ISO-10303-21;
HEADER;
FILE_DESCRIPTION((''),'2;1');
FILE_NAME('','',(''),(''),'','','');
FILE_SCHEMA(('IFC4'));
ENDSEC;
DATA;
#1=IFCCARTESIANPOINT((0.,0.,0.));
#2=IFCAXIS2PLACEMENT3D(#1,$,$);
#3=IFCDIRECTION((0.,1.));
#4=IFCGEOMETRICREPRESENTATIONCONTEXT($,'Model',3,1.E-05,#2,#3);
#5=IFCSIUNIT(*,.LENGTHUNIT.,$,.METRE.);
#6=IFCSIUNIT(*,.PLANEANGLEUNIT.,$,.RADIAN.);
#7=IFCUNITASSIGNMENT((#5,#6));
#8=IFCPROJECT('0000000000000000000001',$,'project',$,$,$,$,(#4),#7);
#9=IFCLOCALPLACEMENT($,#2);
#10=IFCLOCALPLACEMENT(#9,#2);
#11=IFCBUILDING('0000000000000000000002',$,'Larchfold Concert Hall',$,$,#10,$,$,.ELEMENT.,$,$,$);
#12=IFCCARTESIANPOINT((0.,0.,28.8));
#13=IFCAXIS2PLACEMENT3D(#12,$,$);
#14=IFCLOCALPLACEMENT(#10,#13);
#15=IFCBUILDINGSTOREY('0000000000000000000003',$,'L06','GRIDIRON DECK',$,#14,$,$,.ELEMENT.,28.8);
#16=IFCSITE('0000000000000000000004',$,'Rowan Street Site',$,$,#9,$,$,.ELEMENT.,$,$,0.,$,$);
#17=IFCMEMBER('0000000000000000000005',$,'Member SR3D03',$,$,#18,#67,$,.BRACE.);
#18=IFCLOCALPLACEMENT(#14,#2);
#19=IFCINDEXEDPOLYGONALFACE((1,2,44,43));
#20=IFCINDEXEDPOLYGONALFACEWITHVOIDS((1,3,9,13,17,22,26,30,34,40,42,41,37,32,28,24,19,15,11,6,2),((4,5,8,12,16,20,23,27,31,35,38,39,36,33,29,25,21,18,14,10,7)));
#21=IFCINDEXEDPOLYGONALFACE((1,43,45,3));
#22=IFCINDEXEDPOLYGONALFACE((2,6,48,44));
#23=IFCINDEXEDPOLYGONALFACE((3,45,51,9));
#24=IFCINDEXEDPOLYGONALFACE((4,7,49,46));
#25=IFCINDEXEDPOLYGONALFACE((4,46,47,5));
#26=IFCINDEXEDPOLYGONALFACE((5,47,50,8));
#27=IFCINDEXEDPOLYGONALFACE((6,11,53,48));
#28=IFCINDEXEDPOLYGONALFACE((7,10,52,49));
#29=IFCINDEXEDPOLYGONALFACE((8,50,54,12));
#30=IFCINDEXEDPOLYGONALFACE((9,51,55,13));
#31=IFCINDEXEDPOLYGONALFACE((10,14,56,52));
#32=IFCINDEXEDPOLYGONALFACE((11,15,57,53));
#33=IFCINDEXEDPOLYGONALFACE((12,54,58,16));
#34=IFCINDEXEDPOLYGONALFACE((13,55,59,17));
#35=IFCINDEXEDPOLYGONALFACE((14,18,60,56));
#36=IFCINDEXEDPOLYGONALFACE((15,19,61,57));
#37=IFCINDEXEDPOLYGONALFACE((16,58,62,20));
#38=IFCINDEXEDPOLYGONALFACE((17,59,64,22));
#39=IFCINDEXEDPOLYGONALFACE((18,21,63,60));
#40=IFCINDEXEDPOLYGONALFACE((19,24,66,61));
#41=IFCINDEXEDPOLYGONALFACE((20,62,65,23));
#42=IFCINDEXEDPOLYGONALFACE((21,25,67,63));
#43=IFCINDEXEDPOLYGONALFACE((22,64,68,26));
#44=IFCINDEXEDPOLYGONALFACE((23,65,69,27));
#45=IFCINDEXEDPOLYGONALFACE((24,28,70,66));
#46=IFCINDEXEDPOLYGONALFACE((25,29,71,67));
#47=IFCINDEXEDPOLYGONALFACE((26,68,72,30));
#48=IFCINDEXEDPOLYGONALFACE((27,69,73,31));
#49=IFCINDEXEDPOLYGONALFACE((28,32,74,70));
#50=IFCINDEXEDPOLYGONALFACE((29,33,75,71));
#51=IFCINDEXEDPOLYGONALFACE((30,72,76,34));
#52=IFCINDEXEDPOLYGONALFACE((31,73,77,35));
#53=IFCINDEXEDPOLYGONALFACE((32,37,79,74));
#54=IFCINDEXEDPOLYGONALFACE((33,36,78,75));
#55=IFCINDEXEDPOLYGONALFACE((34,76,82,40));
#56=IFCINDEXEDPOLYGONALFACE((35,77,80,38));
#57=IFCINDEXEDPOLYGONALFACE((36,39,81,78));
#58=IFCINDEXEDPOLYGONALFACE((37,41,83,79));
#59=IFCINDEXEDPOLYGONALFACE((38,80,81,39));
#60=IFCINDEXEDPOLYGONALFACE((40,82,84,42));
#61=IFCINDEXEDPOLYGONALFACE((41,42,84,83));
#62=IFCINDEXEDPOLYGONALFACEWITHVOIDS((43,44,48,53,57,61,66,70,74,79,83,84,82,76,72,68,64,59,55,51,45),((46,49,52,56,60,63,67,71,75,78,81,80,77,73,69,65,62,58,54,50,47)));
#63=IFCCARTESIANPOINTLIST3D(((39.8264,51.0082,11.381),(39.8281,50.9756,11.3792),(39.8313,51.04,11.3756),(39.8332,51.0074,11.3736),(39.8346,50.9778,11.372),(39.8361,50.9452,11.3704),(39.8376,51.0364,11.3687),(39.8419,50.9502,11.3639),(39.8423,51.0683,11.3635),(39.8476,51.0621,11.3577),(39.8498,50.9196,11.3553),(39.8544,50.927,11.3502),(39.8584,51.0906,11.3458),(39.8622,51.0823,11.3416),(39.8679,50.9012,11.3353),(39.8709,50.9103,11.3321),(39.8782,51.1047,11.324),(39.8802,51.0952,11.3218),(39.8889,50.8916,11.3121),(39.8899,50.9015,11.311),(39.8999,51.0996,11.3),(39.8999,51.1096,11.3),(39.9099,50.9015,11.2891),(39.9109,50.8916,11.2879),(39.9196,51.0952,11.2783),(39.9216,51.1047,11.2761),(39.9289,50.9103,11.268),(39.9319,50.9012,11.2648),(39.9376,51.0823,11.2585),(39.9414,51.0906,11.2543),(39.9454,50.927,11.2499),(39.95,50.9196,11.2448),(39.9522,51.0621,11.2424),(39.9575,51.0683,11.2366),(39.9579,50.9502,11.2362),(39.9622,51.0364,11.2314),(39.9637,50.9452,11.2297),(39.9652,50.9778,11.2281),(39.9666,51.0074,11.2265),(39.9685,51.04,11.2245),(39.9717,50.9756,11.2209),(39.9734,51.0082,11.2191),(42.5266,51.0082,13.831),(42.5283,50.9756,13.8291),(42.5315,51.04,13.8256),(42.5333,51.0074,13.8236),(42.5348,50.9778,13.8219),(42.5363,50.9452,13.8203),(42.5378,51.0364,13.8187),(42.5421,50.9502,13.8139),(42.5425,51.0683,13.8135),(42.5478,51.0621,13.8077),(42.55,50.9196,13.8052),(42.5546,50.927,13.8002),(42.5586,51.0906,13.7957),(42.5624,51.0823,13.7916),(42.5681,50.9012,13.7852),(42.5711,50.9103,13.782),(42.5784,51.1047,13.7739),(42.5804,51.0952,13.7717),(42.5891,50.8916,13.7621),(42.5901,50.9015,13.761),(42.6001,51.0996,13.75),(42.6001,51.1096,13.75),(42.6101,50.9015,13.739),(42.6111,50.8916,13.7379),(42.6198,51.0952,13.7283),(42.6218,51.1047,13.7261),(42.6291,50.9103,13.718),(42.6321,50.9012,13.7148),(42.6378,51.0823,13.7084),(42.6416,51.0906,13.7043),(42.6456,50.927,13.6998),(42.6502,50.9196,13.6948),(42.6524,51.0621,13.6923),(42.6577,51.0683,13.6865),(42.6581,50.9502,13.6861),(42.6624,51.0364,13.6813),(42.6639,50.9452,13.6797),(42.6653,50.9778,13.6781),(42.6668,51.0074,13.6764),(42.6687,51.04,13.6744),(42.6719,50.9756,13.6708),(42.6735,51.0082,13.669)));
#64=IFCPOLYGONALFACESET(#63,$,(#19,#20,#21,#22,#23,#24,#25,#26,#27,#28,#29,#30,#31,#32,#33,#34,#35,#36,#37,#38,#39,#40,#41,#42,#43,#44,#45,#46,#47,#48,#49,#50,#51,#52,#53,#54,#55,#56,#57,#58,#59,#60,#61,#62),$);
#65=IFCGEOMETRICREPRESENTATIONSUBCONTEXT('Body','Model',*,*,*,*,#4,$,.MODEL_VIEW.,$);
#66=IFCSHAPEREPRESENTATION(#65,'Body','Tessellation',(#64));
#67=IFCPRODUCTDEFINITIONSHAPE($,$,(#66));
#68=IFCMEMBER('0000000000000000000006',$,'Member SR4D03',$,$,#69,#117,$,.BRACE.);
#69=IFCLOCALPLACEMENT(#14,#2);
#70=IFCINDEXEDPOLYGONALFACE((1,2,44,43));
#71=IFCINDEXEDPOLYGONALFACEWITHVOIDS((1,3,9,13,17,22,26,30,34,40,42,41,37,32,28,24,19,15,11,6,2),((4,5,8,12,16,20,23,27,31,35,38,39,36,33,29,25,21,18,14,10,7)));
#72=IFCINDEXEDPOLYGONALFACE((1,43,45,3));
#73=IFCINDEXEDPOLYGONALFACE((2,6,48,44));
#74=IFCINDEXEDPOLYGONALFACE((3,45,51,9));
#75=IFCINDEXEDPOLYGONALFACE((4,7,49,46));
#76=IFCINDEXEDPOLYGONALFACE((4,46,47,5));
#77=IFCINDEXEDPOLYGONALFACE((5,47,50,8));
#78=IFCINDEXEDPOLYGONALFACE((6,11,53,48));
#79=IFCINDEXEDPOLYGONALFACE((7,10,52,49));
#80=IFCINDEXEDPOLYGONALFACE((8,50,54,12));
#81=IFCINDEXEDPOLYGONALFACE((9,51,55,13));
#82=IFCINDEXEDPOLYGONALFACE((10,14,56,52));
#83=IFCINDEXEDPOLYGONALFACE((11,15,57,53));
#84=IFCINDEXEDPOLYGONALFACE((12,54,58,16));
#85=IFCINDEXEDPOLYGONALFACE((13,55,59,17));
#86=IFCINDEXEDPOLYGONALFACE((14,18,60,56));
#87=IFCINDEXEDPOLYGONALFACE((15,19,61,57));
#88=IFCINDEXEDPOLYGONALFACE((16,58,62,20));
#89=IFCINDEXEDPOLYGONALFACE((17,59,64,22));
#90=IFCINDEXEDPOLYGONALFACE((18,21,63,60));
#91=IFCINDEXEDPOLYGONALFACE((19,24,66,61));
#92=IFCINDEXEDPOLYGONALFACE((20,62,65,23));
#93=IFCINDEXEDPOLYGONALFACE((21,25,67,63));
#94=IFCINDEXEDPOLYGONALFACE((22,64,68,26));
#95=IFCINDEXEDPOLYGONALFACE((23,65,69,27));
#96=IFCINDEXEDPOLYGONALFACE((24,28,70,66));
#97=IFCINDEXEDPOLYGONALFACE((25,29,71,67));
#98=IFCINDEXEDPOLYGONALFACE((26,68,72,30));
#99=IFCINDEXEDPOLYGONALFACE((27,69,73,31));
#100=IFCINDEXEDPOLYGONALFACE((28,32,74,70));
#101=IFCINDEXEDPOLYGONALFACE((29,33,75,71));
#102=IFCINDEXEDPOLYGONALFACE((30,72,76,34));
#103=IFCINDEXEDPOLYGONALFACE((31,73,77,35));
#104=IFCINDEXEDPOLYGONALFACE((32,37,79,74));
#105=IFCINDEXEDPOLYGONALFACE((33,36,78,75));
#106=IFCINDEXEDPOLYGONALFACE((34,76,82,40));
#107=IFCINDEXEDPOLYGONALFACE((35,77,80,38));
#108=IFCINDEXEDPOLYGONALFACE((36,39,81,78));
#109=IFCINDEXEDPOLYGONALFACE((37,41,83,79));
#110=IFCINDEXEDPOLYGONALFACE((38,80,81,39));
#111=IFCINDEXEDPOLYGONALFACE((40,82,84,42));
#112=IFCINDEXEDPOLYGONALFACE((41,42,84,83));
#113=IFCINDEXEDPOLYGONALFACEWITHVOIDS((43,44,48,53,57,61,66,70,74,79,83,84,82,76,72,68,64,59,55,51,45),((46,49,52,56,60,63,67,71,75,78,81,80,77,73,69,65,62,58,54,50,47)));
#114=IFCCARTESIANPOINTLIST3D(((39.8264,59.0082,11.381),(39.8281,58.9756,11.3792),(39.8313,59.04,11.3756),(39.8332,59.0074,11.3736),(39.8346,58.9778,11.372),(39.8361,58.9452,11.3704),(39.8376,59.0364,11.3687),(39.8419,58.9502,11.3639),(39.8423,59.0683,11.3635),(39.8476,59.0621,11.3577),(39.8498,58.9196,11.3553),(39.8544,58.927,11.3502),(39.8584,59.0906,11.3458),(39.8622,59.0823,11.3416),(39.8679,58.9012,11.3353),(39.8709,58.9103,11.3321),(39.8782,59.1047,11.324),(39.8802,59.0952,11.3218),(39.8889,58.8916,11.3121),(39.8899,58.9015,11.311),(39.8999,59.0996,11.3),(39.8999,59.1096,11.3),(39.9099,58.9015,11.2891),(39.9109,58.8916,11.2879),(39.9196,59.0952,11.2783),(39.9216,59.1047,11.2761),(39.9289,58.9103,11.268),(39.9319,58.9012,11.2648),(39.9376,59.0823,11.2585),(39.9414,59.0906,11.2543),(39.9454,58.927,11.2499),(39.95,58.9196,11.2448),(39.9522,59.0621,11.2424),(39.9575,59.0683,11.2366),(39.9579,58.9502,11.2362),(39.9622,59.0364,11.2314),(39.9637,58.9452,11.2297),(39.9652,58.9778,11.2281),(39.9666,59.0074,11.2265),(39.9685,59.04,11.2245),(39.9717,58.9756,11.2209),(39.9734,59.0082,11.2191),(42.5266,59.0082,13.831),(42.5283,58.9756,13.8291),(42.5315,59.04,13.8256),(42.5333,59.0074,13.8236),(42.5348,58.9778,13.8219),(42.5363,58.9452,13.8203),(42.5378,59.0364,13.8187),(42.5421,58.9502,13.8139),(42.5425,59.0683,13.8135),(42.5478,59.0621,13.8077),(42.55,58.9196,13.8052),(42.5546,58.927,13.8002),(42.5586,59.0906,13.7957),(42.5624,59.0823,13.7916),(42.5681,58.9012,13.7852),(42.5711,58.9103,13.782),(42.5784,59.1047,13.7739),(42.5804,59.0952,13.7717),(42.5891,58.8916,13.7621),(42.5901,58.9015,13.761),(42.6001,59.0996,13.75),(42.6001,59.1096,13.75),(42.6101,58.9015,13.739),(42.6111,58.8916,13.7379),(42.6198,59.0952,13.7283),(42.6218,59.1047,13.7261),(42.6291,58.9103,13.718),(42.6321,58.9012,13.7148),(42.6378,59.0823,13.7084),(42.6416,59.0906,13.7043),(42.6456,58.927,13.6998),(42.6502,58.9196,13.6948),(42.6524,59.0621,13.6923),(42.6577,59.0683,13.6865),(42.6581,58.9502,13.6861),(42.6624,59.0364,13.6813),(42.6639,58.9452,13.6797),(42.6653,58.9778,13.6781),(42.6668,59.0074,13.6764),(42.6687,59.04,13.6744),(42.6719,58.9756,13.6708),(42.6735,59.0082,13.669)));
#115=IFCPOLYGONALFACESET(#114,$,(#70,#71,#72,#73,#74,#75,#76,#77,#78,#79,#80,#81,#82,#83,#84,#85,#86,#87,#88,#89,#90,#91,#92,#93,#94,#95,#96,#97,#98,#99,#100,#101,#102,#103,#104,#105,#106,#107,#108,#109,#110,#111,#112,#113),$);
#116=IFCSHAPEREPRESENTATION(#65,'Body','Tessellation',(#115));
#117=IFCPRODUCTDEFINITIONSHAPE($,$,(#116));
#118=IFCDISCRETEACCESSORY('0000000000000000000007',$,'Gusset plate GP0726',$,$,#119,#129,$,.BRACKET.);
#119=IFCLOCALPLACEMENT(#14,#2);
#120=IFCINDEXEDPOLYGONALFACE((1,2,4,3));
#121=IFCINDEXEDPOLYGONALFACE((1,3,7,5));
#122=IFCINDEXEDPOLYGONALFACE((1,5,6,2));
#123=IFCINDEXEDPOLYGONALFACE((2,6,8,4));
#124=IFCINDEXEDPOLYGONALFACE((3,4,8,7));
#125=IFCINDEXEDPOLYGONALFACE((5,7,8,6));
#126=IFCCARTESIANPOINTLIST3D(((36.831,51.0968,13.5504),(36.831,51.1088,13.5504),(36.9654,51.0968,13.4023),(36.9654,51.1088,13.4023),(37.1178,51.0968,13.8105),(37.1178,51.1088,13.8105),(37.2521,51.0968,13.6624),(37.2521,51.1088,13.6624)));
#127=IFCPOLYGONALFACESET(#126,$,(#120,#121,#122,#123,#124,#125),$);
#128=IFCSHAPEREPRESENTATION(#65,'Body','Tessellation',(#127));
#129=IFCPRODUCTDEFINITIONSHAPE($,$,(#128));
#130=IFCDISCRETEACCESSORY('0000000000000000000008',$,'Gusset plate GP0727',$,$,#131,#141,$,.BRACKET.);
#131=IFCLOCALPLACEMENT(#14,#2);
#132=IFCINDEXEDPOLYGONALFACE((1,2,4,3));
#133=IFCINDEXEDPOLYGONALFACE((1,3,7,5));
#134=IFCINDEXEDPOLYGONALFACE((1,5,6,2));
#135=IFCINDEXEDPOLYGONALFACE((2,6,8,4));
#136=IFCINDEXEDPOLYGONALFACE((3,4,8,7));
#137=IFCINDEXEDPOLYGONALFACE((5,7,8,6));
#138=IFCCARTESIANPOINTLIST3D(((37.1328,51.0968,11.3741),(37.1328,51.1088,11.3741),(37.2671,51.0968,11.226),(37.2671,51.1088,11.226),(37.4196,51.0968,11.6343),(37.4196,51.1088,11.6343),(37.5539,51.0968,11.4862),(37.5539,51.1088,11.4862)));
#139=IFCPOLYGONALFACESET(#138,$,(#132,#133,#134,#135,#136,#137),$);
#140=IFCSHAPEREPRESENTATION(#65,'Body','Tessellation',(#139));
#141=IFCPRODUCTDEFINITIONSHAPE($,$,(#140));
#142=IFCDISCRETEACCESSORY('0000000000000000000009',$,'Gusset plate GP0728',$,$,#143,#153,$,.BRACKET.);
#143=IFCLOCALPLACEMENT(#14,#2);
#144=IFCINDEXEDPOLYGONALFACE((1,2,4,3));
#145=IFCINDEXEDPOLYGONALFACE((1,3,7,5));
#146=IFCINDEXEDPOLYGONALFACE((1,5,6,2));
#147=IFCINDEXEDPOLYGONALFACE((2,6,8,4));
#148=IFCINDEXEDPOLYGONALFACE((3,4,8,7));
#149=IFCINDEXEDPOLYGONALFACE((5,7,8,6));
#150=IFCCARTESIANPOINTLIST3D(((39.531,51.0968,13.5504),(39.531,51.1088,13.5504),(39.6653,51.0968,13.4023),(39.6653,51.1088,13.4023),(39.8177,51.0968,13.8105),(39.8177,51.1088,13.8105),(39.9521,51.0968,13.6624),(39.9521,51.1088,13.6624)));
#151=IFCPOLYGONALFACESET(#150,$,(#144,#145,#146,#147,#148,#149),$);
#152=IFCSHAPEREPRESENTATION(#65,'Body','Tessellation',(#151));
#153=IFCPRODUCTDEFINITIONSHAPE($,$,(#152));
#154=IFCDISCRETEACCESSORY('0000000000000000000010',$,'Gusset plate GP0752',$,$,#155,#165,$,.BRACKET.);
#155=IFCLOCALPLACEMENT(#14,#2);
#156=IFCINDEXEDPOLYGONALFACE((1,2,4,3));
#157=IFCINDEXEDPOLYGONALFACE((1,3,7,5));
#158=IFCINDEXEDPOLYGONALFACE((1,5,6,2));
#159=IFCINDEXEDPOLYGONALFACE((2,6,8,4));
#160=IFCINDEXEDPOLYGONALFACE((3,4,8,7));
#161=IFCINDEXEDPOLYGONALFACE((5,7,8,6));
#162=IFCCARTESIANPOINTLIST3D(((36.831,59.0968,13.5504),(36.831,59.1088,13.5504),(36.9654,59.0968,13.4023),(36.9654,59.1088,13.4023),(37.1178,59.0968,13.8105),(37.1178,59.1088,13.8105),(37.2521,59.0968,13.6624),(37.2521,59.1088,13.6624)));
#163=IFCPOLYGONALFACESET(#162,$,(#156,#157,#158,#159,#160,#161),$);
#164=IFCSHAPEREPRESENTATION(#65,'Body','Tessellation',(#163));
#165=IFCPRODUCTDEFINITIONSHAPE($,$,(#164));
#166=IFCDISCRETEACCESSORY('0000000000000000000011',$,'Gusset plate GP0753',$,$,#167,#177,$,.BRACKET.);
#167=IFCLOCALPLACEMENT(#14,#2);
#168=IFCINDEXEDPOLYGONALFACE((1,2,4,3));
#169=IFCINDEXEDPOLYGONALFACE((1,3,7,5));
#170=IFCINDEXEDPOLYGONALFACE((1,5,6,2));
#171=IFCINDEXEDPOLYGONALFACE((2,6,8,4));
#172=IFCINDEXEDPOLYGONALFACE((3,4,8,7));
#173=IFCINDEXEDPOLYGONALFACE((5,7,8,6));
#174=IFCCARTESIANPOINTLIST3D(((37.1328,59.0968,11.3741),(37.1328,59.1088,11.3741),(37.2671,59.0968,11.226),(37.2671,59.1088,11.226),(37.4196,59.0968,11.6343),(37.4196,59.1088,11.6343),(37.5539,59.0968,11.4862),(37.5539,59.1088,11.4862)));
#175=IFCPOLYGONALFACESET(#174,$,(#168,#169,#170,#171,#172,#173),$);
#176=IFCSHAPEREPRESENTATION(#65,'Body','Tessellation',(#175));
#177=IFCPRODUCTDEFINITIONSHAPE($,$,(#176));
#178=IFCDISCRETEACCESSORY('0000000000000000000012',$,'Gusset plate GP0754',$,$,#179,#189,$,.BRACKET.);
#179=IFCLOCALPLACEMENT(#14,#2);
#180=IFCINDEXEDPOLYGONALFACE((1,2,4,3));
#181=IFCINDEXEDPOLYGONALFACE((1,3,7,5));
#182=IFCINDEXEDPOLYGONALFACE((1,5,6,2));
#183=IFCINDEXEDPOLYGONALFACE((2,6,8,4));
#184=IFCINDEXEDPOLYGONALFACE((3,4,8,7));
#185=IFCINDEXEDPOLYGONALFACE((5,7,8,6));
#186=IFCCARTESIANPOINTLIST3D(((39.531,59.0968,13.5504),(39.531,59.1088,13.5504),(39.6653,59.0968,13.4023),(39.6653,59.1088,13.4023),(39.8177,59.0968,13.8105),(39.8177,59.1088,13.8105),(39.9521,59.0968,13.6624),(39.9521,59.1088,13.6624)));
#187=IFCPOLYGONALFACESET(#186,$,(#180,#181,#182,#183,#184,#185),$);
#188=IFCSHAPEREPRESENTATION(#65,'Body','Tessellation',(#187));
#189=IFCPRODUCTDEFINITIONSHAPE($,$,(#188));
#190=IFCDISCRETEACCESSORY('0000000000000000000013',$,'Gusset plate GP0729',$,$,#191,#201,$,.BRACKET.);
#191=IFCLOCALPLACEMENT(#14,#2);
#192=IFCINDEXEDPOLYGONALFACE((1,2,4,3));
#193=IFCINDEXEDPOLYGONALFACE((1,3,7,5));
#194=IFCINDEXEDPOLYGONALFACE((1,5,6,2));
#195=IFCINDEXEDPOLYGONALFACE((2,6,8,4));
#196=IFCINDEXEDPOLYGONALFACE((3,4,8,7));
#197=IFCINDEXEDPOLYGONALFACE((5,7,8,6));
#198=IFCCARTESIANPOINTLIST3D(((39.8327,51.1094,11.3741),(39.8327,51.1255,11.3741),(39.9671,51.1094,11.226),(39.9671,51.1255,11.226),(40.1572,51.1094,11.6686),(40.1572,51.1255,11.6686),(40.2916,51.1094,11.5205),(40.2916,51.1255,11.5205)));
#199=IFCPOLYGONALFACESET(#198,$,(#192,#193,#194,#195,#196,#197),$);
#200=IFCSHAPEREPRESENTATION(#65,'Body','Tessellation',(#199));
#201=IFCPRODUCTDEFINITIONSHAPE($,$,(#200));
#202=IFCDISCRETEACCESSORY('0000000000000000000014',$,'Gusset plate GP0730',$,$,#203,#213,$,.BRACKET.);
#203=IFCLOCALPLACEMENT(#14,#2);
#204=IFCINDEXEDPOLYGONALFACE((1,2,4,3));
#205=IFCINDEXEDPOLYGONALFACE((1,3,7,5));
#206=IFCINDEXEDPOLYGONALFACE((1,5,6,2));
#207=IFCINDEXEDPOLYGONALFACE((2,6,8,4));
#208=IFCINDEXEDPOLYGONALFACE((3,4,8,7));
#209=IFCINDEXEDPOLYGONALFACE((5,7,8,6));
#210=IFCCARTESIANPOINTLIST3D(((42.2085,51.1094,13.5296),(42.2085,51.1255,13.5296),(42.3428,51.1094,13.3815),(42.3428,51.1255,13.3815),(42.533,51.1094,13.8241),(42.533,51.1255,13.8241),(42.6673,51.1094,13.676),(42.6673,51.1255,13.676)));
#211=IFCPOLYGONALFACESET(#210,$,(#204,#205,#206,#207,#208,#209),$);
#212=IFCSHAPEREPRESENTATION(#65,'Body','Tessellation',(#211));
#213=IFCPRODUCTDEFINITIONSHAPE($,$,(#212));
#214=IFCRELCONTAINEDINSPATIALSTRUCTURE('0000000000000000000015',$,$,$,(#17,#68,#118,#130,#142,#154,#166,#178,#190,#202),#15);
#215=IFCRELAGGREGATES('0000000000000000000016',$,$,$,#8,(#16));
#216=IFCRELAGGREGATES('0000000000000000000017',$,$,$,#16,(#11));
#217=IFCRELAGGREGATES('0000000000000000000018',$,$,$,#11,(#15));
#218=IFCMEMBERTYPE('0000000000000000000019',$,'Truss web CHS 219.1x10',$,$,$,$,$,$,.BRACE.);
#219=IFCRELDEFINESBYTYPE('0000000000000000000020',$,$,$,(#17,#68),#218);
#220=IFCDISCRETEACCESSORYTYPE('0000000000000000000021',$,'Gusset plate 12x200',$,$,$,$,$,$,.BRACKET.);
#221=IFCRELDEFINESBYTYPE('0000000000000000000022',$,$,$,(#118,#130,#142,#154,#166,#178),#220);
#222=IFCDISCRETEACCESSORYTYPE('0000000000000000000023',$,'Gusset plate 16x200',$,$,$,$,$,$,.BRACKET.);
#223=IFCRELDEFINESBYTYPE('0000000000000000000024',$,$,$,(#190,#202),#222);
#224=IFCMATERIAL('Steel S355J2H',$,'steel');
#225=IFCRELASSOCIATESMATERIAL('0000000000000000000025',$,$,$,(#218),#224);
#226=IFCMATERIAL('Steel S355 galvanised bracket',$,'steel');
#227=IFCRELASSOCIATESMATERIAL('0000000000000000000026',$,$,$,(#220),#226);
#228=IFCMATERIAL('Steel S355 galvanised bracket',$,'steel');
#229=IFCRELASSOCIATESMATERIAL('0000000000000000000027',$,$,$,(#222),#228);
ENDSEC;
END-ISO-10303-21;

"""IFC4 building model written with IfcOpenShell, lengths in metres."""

from ifc_helpers import new_model, si_unit, direction, frame, origin, origin_2d, place, context, subcontext, project, spatial, rectangle, hollow_circle, extrude, material, material_profile, profile_set, type_object, element, save


model = new_model("IFC4")

# Units and contexts
model_context = context("Model", 3, precision=1e-05, world=origin(), true_north=direction((0.0, 1.0)))
body_context = subcontext(model_context, "Body", "Model", "MODEL_VIEW")
ifc_project = project(units=[si_unit("LENGTHUNIT", "METRE"), si_unit("PLANEANGLEUNIT", "RADIAN")], contexts=[model_context])

# Site, building, storey
site_placement = place(None, origin())
site = spatial("IfcSite", under=ifc_project, at=site_placement, Name="Rowan Street Site", CompositionType="ELEMENT", RefElevation=0.0)
building_placement = place(site_placement, origin())
building = spatial("IfcBuilding", under=site, at=building_placement, Name="Larchfold Concert Hall", CompositionType="ELEMENT")
storey_placement = place(building_placement, frame((0.0, 0.0, 28.8)))
storey = spatial("IfcBuildingStorey", under=building, at=storey_placement, Name="L06", Description="GRIDIRON DECK", CompositionType="ELEMENT", Elevation=28.8)

# Members
ifc_material_1 = material(Name="Steel S355J2H", Category="steel")
ifc_material_profile_1 = material_profile(ifc_material_1, hollow_circle(Radius=0.1096, WallThickness=0.01, at=origin_2d()))
ifc_profile_set_1 = profile_set([ifc_material_profile_1], Name="Steel S355J2H")
member_type_1 = type_object("IfcMemberType", Name="Truss web CHS 219.1x10", PredefinedType="BRACE", material=ifc_profile_set_1)
for number, where, z_axis, x_axis, name in (
    (1, (39.8999, 51.0, 11.3), (0.740591, 0.0, 0.671956), (0.0, 1.0, 0.0), "Member SR3D03"),
    (2, (39.8999, 59.0, 11.3), (0.740591, 0.0, 0.671956), (0.0, 1.0, 0.0), "Member SR4D03"),
):
    element("IfcMember", number, at=place(storey_placement, frame(where, z_axis=z_axis, x_axis=x_axis)), inside=storey, type_object=member_type_1, Name=name, PredefinedType="BRACE", context=body_context, shape_type="SweptSolid", body=[
        extrude(hollow_circle(Radius=0.1096, WallThickness=0.01, at=origin_2d()), origin(), (0.0, 0.0, 1.0), 3.646),
    ])

# Discrete accessories
ifc_material_2 = material(Name="Steel S355 galvanised bracket", Category="steel")
ifc_material_profile_2 = material_profile(ifc_material_2, rectangle(XDim=0.012, YDim=0.2, at=origin_2d()))
ifc_profile_set_2 = profile_set([ifc_material_profile_2], Name="Steel S355 galvanised bracket")
discrete_accessory_type_1 = type_object("IfcDiscreteAccessoryType", Name="Gusset plate 12x200", PredefinedType="BRACKET", material=ifc_profile_set_2)
for number, where, z_axis, x_axis, name in (
    (3, (36.8982, 51.1028, 13.4763), (0.740624, 0.0, 0.671919), (0.0, 1.0, 0.0), "Gusset plate GP0726"),
    (4, (37.2, 51.1028, 11.3), (0.740624, 0.0, 0.671919), (0.0, 1.0, 0.0), "Gusset plate GP0727"),
    (5, (39.5981, 51.1028, 13.4763), (0.740624, 0.0, 0.671919), (0.0, 1.0, 0.0), "Gusset plate GP0728"),
    (6, (36.8982, 59.1028, 13.4763), (0.740624, 0.0, 0.671919), (0.0, 1.0, 0.0), "Gusset plate GP0752"),
    (7, (37.2, 59.1028, 11.3), (0.740624, 0.0, 0.671919), (0.0, 1.0, 0.0), "Gusset plate GP0753"),
    (8, (39.5981, 59.1028, 13.4763), (0.740624, 0.0, 0.671919), (0.0, 1.0, 0.0), "Gusset plate GP0754"),
):
    element("IfcDiscreteAccessory", number, at=place(storey_placement, frame(where, z_axis=z_axis, x_axis=x_axis)), inside=storey, type_object=discrete_accessory_type_1, Name=name, PredefinedType="BRACKET", context=body_context, shape_type="SweptSolid", body=[
        extrude(rectangle(XDim=0.012, YDim=0.2, at=origin_2d()), origin(), (0.0, 0.0, 1.0), 0.3872),
    ])
ifc_material_3 = material(Name="Steel S355 galvanised bracket", Category="steel")
ifc_material_profile_3 = material_profile(ifc_material_3, rectangle(XDim=0.0161, YDim=0.2, at=origin_2d()))
ifc_profile_set_3 = profile_set([ifc_material_profile_3], Name="Steel S355 galvanised bracket")
discrete_accessory_type_2 = type_object("IfcDiscreteAccessoryType", Name="Gusset plate 16x200", PredefinedType="BRACKET", material=ifc_profile_set_3)
for number, where, z_axis, x_axis, name in (
    (9, (39.8999, 51.1174, 11.3), (0.740545, 0.0, 0.672007), (0.0, 1.0, 0.0), "Gusset plate GP0729"),
    (10, (42.2756, 51.1174, 13.4556), (0.740545, 0.0, 0.672007), (0.0, 1.0, 0.0), "Gusset plate GP0730"),
):
    element("IfcDiscreteAccessory", number, at=place(storey_placement, frame(where, z_axis=z_axis, x_axis=x_axis)), inside=storey, type_object=discrete_accessory_type_2, Name=name, PredefinedType="BRACKET", context=body_context, shape_type="SweptSolid", body=[
        extrude(rectangle(XDim=0.0161, YDim=0.2, at=origin_2d()), origin(), (0.0, 0.0, 1.0), 0.4382),
    ])

save(model, "model.ifc")
